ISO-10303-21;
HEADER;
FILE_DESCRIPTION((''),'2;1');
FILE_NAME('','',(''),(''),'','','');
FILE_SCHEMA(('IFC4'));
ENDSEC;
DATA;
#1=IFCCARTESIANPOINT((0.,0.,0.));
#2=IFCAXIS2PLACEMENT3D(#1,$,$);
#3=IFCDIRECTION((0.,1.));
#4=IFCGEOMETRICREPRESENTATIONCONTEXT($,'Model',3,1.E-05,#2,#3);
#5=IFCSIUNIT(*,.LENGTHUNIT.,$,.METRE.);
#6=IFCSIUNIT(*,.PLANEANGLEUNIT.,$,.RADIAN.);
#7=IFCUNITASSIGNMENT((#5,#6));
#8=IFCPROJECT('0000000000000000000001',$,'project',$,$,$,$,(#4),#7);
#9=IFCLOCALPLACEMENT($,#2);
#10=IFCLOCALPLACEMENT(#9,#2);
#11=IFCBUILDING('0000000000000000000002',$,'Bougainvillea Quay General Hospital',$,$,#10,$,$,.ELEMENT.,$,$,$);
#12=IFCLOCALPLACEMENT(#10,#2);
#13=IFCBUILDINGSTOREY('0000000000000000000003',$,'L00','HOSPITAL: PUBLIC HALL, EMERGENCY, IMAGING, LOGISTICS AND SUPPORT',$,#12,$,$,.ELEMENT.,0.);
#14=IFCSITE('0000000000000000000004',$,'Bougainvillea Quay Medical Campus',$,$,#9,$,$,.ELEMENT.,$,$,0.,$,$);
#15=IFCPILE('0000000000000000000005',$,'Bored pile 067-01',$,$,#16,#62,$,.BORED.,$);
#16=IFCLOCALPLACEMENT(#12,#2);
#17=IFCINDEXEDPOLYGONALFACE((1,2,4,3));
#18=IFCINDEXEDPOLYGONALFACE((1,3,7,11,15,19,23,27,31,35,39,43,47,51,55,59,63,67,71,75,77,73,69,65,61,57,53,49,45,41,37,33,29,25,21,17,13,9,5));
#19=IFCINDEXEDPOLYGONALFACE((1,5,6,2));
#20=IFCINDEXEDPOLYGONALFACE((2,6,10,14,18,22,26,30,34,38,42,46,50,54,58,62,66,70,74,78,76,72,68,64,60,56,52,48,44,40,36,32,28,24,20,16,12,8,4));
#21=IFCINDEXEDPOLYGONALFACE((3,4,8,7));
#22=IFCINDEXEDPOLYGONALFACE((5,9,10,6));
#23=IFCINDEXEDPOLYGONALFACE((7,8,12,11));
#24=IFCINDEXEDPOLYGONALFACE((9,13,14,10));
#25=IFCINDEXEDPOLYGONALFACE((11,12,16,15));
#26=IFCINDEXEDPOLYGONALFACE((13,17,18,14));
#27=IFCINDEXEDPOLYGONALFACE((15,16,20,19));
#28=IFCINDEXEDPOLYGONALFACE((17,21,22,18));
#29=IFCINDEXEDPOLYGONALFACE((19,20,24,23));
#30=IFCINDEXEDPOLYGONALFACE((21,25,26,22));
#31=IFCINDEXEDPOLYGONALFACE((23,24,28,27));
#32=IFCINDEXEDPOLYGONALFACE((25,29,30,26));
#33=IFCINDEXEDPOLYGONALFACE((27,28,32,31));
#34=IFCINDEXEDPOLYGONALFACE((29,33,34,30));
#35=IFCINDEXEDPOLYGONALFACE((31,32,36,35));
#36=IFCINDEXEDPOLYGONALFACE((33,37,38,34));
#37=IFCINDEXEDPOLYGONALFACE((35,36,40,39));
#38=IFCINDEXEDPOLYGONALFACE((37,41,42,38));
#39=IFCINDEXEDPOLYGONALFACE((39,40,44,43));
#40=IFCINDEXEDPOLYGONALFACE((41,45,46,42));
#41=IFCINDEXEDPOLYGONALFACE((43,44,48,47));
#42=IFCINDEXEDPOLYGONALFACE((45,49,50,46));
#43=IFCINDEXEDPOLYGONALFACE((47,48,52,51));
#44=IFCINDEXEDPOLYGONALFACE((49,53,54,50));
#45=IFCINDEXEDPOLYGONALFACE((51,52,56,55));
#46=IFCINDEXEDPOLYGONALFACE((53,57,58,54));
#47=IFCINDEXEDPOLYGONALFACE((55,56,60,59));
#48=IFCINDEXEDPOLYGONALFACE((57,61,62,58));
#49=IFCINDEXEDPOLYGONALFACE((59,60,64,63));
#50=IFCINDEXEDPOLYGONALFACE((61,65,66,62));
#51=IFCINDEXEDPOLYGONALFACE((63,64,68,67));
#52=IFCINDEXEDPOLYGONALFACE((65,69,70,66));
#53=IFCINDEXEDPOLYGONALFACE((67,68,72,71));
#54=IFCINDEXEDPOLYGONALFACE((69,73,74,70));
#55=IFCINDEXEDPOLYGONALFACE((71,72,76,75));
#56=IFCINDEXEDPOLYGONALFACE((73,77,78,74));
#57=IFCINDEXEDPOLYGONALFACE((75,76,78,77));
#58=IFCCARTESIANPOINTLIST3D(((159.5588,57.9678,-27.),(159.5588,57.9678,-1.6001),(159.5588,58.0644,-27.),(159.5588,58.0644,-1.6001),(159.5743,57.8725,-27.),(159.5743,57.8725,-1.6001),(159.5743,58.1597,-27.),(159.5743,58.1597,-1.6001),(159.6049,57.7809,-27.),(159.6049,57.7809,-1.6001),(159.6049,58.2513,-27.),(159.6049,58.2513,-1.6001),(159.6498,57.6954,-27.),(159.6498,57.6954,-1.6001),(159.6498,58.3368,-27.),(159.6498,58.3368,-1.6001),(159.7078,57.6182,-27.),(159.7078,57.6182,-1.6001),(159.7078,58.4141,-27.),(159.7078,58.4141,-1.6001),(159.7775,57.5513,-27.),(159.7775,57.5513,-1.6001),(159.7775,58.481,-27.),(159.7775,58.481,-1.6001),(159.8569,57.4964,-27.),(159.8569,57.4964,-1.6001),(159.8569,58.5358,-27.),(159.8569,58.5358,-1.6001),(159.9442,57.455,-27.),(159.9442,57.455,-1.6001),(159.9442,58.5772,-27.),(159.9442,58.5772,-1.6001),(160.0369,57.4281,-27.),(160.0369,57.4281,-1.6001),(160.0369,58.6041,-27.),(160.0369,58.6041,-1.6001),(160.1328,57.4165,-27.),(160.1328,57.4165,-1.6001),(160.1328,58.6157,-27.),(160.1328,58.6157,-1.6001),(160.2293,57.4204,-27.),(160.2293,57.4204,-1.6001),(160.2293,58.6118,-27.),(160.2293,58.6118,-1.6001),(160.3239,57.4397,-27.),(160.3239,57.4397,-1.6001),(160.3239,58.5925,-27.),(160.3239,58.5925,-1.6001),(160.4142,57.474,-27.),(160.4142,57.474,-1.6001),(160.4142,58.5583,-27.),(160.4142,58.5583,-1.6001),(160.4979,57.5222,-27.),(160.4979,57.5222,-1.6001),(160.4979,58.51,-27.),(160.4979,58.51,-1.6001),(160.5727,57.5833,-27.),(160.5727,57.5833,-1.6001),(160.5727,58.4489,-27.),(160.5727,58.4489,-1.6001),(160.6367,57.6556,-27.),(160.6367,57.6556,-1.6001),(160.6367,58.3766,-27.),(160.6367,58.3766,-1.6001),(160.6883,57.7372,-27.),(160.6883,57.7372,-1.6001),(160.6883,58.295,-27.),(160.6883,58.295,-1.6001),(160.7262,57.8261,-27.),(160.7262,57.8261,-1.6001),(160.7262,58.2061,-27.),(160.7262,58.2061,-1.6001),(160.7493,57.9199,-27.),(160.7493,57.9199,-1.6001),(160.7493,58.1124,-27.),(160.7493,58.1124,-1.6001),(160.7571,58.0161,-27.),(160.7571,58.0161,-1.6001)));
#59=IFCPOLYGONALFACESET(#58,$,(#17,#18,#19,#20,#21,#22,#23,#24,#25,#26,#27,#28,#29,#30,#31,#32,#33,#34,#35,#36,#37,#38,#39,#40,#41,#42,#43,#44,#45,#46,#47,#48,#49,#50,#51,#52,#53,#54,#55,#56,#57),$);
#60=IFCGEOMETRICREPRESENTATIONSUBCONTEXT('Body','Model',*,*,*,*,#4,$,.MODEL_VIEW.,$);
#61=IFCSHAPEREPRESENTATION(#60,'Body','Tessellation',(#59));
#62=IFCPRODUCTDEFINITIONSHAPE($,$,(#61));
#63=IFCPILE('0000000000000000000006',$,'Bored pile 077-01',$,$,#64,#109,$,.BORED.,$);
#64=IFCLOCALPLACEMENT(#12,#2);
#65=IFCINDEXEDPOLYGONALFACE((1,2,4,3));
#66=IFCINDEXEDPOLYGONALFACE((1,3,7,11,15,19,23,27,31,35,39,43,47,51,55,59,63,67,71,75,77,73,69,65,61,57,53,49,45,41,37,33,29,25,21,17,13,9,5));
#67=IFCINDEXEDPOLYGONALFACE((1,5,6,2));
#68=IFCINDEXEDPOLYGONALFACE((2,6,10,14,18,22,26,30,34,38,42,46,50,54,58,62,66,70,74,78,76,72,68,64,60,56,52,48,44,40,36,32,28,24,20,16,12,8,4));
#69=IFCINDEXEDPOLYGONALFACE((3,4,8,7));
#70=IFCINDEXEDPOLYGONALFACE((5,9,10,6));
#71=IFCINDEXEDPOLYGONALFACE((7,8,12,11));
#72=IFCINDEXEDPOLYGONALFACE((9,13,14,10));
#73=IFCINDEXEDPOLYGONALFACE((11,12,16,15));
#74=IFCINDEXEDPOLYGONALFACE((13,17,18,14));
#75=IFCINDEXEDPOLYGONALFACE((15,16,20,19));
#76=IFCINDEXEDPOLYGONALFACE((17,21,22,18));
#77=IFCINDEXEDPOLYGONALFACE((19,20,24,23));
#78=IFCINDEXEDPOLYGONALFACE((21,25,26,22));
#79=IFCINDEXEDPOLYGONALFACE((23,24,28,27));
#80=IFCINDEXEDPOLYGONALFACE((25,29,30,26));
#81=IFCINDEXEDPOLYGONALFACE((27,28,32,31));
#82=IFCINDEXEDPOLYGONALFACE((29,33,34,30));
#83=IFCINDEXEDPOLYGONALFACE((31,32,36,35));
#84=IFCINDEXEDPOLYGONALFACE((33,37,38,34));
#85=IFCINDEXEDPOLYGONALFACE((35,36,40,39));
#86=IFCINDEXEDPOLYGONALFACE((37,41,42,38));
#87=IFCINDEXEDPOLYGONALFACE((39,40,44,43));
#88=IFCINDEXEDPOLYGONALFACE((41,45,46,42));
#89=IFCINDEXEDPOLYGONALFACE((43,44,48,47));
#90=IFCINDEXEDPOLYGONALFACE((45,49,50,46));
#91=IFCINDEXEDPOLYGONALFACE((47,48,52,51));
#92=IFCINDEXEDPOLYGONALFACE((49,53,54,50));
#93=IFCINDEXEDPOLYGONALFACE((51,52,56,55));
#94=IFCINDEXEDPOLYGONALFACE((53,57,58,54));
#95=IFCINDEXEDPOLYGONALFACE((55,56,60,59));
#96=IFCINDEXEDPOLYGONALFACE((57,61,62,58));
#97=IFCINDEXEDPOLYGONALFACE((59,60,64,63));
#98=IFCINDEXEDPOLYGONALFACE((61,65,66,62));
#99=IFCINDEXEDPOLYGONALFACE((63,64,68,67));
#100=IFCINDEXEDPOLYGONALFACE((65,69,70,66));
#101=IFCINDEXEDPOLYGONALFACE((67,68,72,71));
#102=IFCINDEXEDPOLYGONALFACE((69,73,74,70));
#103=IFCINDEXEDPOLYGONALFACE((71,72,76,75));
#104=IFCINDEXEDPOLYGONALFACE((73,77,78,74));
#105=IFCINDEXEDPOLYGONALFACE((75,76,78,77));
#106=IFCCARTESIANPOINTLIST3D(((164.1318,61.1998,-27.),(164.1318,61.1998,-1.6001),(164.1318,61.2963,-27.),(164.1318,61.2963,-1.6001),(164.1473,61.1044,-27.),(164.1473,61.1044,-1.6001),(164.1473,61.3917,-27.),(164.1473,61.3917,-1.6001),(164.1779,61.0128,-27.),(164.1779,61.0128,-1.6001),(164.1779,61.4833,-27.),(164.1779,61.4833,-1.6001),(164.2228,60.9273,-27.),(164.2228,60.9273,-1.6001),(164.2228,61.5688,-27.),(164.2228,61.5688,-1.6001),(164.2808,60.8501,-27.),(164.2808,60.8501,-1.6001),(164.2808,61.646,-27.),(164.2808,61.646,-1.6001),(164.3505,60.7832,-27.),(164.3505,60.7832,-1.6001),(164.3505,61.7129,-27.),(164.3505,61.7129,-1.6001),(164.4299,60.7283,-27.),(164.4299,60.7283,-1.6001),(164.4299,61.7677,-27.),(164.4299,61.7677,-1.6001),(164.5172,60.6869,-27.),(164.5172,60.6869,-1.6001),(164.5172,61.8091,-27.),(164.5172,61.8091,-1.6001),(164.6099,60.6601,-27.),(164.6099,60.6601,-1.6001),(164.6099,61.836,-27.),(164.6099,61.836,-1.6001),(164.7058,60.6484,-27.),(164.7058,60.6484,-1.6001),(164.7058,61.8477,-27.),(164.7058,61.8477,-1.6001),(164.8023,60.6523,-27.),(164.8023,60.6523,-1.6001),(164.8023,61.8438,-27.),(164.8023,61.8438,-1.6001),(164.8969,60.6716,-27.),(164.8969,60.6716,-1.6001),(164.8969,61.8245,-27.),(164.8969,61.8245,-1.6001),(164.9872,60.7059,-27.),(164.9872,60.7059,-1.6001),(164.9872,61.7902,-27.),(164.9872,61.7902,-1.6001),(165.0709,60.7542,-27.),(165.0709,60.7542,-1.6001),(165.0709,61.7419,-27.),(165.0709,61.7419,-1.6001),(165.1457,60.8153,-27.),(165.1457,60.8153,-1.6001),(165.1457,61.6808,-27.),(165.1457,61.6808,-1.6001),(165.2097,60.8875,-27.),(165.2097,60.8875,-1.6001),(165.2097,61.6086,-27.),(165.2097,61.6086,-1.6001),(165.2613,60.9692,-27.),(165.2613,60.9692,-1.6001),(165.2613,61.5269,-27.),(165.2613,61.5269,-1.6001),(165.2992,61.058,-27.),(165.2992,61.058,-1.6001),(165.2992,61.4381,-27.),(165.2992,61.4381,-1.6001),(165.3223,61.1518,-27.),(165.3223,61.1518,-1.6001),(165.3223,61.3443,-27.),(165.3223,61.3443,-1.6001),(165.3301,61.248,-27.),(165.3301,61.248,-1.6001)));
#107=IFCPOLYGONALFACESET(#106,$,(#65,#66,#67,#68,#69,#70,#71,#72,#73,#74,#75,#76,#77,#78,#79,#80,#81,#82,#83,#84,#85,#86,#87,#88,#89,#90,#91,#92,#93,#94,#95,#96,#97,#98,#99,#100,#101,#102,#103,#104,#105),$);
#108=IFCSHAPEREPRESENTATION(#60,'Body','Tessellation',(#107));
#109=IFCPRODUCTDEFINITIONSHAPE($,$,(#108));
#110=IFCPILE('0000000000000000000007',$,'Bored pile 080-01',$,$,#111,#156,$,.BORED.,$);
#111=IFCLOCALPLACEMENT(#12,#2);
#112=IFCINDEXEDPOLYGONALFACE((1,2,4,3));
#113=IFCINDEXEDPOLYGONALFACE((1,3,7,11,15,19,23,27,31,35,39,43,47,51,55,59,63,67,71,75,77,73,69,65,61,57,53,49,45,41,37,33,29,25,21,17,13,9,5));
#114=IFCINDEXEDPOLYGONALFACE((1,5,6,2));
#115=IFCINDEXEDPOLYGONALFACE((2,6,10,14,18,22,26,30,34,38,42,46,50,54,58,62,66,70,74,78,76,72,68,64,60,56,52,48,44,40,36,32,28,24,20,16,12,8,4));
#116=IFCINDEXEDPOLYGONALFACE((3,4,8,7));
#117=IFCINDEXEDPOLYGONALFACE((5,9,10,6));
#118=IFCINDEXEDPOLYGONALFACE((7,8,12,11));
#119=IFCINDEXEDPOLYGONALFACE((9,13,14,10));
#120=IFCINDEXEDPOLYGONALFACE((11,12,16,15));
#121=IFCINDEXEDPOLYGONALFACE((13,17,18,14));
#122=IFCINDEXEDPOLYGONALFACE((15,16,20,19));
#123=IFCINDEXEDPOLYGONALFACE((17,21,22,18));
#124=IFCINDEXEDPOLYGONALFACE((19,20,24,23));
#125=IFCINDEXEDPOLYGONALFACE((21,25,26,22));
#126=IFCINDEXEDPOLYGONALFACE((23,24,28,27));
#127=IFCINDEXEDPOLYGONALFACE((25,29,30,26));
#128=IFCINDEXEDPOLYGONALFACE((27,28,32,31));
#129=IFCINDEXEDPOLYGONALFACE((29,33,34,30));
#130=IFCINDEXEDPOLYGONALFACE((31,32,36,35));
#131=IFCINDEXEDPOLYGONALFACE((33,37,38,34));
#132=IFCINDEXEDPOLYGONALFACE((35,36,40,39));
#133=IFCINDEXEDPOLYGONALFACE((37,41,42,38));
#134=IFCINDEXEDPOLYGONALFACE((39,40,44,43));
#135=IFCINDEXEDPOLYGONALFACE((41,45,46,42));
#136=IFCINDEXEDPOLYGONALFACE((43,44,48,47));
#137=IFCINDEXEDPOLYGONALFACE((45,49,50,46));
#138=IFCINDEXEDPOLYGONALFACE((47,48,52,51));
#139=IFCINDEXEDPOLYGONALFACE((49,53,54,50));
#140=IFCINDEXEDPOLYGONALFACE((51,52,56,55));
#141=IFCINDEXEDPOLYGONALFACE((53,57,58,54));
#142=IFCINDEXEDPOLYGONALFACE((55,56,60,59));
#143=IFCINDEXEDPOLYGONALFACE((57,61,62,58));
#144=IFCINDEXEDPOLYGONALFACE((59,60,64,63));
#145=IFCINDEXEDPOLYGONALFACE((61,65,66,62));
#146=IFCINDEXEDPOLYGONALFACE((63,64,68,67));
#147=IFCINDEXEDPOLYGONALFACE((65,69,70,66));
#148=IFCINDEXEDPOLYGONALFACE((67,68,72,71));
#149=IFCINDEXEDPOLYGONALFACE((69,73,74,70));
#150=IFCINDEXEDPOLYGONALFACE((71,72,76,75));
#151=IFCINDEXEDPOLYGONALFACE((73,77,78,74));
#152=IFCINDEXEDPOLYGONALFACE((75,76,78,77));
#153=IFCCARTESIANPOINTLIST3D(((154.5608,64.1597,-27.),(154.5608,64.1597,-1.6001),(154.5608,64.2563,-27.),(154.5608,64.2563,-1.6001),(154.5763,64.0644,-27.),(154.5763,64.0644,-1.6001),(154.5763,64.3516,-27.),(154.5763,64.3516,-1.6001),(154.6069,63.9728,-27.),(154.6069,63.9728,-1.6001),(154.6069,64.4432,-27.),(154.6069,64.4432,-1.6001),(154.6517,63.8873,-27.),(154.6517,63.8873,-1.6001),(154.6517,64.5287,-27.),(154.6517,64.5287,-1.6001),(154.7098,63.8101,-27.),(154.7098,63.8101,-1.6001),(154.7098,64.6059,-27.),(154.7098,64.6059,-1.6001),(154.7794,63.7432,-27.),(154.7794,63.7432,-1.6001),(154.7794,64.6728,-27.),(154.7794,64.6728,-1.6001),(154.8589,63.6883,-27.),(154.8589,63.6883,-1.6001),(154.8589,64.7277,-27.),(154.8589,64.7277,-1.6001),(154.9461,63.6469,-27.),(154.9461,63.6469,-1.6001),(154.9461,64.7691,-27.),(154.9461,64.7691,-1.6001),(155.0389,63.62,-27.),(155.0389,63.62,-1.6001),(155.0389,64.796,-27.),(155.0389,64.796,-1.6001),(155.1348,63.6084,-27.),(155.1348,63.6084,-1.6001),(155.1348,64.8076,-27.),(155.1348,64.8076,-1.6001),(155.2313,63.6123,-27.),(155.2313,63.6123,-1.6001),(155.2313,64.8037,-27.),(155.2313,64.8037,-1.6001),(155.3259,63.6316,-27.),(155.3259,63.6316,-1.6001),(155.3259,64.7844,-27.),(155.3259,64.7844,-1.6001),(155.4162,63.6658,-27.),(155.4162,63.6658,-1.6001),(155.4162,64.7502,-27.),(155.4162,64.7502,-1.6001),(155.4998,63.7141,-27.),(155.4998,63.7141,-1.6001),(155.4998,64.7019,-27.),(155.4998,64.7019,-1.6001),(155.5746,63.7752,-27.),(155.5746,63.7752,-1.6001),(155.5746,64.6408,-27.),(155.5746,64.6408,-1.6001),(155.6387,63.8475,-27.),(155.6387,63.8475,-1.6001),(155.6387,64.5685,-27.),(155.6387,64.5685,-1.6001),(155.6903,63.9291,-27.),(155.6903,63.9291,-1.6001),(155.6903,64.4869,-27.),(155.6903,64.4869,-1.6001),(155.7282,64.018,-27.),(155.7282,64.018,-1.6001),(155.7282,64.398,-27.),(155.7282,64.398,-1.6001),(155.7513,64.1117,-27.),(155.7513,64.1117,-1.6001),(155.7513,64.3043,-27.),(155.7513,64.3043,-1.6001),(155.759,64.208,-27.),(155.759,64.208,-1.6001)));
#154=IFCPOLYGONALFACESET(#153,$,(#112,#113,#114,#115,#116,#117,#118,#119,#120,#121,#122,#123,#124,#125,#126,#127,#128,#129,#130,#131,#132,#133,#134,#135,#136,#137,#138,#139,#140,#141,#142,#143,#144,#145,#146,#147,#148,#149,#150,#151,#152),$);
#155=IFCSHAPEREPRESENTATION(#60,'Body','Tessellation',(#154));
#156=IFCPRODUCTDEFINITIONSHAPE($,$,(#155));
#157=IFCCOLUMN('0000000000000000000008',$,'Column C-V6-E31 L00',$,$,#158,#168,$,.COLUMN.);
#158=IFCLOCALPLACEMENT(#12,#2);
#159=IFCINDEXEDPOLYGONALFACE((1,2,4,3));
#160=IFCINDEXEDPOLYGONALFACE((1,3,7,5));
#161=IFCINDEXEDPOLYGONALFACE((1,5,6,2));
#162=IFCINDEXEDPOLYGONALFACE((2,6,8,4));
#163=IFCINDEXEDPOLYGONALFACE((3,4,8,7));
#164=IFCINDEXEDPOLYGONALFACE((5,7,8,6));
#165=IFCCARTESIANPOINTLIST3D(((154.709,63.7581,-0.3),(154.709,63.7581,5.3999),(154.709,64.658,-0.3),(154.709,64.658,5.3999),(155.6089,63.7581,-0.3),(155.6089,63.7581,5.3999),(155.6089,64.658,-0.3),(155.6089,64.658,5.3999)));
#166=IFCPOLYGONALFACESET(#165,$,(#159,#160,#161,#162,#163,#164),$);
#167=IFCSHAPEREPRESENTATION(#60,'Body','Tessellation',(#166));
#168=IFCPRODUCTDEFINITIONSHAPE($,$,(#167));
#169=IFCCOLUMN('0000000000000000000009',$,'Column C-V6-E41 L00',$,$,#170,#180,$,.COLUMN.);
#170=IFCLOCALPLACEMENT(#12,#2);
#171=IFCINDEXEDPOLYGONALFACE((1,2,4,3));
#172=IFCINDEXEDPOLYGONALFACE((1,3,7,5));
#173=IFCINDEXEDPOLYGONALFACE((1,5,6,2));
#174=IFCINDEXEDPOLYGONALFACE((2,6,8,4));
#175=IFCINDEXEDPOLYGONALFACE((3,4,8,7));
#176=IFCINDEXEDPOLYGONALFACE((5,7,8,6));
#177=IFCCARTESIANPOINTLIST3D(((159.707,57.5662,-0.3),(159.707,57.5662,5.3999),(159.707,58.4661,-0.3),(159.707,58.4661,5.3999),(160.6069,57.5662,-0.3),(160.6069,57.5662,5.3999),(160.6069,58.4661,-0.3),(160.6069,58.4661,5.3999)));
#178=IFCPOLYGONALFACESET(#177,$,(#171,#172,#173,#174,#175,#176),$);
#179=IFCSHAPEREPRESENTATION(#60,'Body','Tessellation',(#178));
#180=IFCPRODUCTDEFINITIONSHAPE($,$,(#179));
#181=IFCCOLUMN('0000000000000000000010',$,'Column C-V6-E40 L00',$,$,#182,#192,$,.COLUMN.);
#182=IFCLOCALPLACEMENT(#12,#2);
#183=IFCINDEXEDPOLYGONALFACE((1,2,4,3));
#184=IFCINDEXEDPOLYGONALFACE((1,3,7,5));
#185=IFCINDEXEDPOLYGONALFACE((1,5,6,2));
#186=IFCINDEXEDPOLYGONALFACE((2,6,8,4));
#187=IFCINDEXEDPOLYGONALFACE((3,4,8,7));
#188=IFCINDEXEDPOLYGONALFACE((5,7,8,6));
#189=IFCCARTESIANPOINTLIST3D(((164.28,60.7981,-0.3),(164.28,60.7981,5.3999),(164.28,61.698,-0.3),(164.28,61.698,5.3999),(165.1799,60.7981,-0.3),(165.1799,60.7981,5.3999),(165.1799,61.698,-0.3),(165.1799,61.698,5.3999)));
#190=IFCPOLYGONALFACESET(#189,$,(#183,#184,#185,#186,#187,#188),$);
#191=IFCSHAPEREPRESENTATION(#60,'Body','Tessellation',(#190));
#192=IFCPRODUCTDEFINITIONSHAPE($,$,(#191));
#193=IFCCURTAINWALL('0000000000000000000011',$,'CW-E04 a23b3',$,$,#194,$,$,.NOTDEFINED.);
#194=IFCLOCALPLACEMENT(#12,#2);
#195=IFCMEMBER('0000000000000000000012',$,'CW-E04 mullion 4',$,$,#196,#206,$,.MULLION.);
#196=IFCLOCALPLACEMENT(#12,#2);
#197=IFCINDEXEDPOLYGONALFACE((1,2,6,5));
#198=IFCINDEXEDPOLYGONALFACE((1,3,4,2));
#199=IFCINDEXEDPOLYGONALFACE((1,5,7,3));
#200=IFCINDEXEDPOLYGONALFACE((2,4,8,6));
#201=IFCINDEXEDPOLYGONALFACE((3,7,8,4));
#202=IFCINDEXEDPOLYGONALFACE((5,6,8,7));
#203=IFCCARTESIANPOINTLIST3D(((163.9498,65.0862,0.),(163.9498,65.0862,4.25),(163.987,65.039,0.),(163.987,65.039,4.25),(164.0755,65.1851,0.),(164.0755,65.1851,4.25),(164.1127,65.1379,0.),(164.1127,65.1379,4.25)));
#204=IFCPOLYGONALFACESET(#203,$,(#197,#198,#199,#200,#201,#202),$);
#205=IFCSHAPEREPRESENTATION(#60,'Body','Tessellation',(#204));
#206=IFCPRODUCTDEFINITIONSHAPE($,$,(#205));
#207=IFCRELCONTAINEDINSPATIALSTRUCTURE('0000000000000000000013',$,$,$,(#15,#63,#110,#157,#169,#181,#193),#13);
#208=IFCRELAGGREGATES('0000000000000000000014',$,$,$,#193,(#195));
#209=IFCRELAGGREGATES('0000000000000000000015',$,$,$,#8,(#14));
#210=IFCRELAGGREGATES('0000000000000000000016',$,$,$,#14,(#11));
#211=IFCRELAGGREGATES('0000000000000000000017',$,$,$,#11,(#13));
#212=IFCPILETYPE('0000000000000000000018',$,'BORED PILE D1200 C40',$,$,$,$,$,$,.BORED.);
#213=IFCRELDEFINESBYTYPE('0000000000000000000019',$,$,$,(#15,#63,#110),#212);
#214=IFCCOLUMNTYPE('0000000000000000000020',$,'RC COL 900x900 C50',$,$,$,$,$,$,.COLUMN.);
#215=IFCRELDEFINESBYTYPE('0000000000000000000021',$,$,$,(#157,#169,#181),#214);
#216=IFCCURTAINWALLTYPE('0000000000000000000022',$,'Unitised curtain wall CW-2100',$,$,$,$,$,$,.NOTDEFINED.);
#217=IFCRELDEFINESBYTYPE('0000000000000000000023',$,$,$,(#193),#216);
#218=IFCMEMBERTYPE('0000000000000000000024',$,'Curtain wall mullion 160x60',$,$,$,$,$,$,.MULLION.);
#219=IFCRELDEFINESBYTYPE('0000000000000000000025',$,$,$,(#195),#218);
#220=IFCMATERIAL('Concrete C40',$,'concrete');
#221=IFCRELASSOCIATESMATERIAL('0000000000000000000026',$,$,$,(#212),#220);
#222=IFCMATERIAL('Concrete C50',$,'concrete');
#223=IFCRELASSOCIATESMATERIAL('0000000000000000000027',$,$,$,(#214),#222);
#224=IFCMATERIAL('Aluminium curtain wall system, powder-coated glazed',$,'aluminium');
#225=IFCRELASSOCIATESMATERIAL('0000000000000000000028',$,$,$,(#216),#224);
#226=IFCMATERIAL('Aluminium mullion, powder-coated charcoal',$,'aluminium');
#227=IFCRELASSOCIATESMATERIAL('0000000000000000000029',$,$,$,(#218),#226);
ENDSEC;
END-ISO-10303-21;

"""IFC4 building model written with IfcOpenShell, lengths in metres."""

from ifc_helpers import new_model, si_unit, direction, frame, origin, origin_2d, place, context, subcontext, project, spatial, rectangle, circle, extrude, material, material_profile, profile_set, type_object, element, aggregate, save


model = new_model("IFC4")

# Units and contexts
model_context = context("Model", 3, precision=1e-05, world=origin(), true_north=direction((0.0, 1.0)))
body_context = subcontext(model_context, "Body", "Model", "MODEL_VIEW")
ifc_project = project(units=[si_unit("LENGTHUNIT", "METRE"), si_unit("PLANEANGLEUNIT", "RADIAN")], contexts=[model_context])

# Site, building, storey
site_placement = place(None, origin())
site = spatial("IfcSite", under=ifc_project, at=site_placement, Name="Bougainvillea Quay Medical Campus", CompositionType="ELEMENT", RefElevation=0.0)
building_placement = place(site_placement, origin())
building = spatial("IfcBuilding", under=site, at=building_placement, Name="Bougainvillea Quay General Hospital", CompositionType="ELEMENT")
storey_placement = place(building_placement, origin())
storey = spatial("IfcBuildingStorey", under=building, at=storey_placement, Name="L00", Description="HOSPITAL: PUBLIC HALL, EMERGENCY, IMAGING, LOGISTICS AND SUPPORT", CompositionType="ELEMENT", Elevation=0.0)

# Piles
ifc_material_1 = material(Name="Concrete C40", Category="concrete")
ifc_material_profile_1 = material_profile(ifc_material_1, circle(Radius=0.6001, at=origin_2d()))
ifc_profile_set_1 = profile_set([ifc_material_profile_1], Name="Concrete C40")
pile_type = type_object("IfcPileType", Name="BORED PILE D1200 C40", PredefinedType="BORED", material=ifc_profile_set_1)
for number, where, z_axis, x_axis, name in (
    (1, (160.157, 58.0161, -1.6001), (0.0, 0.0, -1.0), (1.0, 0.0, 0.0), "Bored pile 067-01"),
    (2, (164.73, 61.248, -1.6001), (0.0, 0.0, -1.0), (1.0, 0.0, 0.0), "Bored pile 077-01"),
    (3, (155.1589, 64.208, -1.6001), (0.0, 0.0, -1.0), (1.0, 0.0, 0.0), "Bored pile 080-01"),
):
    element("IfcPile", number, at=place(storey_placement, frame(where, z_axis=z_axis, x_axis=x_axis)), inside=storey, type_object=pile_type, Name=name, PredefinedType="BORED", context=body_context, shape_type="SweptSolid", body=[
        extrude(circle(Radius=0.6001, at=origin_2d()), origin(), (0.0, 0.0, 1.0), 25.3999),
    ])

# Columns
ifc_material_2 = material(Name="Concrete C50", Category="concrete")
ifc_material_profile_2 = material_profile(ifc_material_2, rectangle(XDim=0.8999, YDim=0.8999, at=origin_2d()))
ifc_profile_set_2 = profile_set([ifc_material_profile_2], Name="Concrete C50")
column_type = type_object("IfcColumnType", Name="RC COL 900x900 C50", PredefinedType="COLUMN", material=ifc_profile_set_2)
for number, where, z_axis, x_axis, name in (
    (4, (155.1589, 64.208, -0.3), (0.0, 0.0, 1.0), (1.0, 0.0, 0.0), "Column C-V6-E31 L00"),
    (5, (160.157, 58.0161, -0.3), (0.0, 0.0, 1.0), (1.0, 0.0, 0.0), "Column C-V6-E41 L00"),
    (6, (164.73, 61.248, -0.3), (0.0, 0.0, 1.0), (1.0, 0.0, 0.0), "Column C-V6-E40 L00"),
):
    element("IfcColumn", number, at=place(storey_placement, frame(where, z_axis=z_axis, x_axis=x_axis)), inside=storey, type_object=column_type, Name=name, PredefinedType="COLUMN", context=body_context, shape_type="SweptSolid", body=[
        extrude(rectangle(XDim=0.8999, YDim=0.8999, at=origin_2d()), origin(), (0.0, 0.0, 1.0), 5.7),
    ])

# Curtain wall, member
ifc_material_3 = material(Name="Aluminium curtain wall system, powder-coated glazed", Category="aluminium")
curtain_wall_type = type_object("IfcCurtainWallType", Name="Unitised curtain wall CW-2100", PredefinedType="NOTDEFINED", material=ifc_material_3)
curtain_wall_placement = place(storey_placement, origin())
curtain_wall = element("IfcCurtainWall", 7, at=curtain_wall_placement, inside=storey, type_object=curtain_wall_type, Name="CW-E04 a23b3", PredefinedType="NOTDEFINED")
ifc_material_4 = material(Name="Aluminium mullion, powder-coated charcoal", Category="aluminium")
ifc_material_profile_3 = material_profile(ifc_material_4, rectangle(XDim=0.1599, YDim=0.0601, at=origin_2d()))
ifc_profile_set_3 = profile_set([ifc_material_profile_3], Name="Aluminium mullion, powder-coated charcoal")
member_type_1 = type_object("IfcMemberType", Name="Curtain wall mullion 160x60", PredefinedType="MULLION", material=ifc_profile_set_3)
member_1_placement = place(storey_placement, frame((164.0312, 65.1121, 0.0), z_axis=(0.0, 0.0, 1.0), x_axis=(0.786107, 0.61809, 0.0)))
member_1 = element("IfcMember", 8, at=member_1_placement, type_object=member_type_1, Name="CW-E04 mullion 4", PredefinedType="MULLION", context=body_context, shape_type="SweptSolid", body=[
    extrude(rectangle(XDim=0.1599, YDim=0.0601, at=origin_2d()), origin(), (0.0, 0.0, 1.0), 4.25),
])
aggregate(curtain_wall, [member_1])

save(model, "model.ifc")
